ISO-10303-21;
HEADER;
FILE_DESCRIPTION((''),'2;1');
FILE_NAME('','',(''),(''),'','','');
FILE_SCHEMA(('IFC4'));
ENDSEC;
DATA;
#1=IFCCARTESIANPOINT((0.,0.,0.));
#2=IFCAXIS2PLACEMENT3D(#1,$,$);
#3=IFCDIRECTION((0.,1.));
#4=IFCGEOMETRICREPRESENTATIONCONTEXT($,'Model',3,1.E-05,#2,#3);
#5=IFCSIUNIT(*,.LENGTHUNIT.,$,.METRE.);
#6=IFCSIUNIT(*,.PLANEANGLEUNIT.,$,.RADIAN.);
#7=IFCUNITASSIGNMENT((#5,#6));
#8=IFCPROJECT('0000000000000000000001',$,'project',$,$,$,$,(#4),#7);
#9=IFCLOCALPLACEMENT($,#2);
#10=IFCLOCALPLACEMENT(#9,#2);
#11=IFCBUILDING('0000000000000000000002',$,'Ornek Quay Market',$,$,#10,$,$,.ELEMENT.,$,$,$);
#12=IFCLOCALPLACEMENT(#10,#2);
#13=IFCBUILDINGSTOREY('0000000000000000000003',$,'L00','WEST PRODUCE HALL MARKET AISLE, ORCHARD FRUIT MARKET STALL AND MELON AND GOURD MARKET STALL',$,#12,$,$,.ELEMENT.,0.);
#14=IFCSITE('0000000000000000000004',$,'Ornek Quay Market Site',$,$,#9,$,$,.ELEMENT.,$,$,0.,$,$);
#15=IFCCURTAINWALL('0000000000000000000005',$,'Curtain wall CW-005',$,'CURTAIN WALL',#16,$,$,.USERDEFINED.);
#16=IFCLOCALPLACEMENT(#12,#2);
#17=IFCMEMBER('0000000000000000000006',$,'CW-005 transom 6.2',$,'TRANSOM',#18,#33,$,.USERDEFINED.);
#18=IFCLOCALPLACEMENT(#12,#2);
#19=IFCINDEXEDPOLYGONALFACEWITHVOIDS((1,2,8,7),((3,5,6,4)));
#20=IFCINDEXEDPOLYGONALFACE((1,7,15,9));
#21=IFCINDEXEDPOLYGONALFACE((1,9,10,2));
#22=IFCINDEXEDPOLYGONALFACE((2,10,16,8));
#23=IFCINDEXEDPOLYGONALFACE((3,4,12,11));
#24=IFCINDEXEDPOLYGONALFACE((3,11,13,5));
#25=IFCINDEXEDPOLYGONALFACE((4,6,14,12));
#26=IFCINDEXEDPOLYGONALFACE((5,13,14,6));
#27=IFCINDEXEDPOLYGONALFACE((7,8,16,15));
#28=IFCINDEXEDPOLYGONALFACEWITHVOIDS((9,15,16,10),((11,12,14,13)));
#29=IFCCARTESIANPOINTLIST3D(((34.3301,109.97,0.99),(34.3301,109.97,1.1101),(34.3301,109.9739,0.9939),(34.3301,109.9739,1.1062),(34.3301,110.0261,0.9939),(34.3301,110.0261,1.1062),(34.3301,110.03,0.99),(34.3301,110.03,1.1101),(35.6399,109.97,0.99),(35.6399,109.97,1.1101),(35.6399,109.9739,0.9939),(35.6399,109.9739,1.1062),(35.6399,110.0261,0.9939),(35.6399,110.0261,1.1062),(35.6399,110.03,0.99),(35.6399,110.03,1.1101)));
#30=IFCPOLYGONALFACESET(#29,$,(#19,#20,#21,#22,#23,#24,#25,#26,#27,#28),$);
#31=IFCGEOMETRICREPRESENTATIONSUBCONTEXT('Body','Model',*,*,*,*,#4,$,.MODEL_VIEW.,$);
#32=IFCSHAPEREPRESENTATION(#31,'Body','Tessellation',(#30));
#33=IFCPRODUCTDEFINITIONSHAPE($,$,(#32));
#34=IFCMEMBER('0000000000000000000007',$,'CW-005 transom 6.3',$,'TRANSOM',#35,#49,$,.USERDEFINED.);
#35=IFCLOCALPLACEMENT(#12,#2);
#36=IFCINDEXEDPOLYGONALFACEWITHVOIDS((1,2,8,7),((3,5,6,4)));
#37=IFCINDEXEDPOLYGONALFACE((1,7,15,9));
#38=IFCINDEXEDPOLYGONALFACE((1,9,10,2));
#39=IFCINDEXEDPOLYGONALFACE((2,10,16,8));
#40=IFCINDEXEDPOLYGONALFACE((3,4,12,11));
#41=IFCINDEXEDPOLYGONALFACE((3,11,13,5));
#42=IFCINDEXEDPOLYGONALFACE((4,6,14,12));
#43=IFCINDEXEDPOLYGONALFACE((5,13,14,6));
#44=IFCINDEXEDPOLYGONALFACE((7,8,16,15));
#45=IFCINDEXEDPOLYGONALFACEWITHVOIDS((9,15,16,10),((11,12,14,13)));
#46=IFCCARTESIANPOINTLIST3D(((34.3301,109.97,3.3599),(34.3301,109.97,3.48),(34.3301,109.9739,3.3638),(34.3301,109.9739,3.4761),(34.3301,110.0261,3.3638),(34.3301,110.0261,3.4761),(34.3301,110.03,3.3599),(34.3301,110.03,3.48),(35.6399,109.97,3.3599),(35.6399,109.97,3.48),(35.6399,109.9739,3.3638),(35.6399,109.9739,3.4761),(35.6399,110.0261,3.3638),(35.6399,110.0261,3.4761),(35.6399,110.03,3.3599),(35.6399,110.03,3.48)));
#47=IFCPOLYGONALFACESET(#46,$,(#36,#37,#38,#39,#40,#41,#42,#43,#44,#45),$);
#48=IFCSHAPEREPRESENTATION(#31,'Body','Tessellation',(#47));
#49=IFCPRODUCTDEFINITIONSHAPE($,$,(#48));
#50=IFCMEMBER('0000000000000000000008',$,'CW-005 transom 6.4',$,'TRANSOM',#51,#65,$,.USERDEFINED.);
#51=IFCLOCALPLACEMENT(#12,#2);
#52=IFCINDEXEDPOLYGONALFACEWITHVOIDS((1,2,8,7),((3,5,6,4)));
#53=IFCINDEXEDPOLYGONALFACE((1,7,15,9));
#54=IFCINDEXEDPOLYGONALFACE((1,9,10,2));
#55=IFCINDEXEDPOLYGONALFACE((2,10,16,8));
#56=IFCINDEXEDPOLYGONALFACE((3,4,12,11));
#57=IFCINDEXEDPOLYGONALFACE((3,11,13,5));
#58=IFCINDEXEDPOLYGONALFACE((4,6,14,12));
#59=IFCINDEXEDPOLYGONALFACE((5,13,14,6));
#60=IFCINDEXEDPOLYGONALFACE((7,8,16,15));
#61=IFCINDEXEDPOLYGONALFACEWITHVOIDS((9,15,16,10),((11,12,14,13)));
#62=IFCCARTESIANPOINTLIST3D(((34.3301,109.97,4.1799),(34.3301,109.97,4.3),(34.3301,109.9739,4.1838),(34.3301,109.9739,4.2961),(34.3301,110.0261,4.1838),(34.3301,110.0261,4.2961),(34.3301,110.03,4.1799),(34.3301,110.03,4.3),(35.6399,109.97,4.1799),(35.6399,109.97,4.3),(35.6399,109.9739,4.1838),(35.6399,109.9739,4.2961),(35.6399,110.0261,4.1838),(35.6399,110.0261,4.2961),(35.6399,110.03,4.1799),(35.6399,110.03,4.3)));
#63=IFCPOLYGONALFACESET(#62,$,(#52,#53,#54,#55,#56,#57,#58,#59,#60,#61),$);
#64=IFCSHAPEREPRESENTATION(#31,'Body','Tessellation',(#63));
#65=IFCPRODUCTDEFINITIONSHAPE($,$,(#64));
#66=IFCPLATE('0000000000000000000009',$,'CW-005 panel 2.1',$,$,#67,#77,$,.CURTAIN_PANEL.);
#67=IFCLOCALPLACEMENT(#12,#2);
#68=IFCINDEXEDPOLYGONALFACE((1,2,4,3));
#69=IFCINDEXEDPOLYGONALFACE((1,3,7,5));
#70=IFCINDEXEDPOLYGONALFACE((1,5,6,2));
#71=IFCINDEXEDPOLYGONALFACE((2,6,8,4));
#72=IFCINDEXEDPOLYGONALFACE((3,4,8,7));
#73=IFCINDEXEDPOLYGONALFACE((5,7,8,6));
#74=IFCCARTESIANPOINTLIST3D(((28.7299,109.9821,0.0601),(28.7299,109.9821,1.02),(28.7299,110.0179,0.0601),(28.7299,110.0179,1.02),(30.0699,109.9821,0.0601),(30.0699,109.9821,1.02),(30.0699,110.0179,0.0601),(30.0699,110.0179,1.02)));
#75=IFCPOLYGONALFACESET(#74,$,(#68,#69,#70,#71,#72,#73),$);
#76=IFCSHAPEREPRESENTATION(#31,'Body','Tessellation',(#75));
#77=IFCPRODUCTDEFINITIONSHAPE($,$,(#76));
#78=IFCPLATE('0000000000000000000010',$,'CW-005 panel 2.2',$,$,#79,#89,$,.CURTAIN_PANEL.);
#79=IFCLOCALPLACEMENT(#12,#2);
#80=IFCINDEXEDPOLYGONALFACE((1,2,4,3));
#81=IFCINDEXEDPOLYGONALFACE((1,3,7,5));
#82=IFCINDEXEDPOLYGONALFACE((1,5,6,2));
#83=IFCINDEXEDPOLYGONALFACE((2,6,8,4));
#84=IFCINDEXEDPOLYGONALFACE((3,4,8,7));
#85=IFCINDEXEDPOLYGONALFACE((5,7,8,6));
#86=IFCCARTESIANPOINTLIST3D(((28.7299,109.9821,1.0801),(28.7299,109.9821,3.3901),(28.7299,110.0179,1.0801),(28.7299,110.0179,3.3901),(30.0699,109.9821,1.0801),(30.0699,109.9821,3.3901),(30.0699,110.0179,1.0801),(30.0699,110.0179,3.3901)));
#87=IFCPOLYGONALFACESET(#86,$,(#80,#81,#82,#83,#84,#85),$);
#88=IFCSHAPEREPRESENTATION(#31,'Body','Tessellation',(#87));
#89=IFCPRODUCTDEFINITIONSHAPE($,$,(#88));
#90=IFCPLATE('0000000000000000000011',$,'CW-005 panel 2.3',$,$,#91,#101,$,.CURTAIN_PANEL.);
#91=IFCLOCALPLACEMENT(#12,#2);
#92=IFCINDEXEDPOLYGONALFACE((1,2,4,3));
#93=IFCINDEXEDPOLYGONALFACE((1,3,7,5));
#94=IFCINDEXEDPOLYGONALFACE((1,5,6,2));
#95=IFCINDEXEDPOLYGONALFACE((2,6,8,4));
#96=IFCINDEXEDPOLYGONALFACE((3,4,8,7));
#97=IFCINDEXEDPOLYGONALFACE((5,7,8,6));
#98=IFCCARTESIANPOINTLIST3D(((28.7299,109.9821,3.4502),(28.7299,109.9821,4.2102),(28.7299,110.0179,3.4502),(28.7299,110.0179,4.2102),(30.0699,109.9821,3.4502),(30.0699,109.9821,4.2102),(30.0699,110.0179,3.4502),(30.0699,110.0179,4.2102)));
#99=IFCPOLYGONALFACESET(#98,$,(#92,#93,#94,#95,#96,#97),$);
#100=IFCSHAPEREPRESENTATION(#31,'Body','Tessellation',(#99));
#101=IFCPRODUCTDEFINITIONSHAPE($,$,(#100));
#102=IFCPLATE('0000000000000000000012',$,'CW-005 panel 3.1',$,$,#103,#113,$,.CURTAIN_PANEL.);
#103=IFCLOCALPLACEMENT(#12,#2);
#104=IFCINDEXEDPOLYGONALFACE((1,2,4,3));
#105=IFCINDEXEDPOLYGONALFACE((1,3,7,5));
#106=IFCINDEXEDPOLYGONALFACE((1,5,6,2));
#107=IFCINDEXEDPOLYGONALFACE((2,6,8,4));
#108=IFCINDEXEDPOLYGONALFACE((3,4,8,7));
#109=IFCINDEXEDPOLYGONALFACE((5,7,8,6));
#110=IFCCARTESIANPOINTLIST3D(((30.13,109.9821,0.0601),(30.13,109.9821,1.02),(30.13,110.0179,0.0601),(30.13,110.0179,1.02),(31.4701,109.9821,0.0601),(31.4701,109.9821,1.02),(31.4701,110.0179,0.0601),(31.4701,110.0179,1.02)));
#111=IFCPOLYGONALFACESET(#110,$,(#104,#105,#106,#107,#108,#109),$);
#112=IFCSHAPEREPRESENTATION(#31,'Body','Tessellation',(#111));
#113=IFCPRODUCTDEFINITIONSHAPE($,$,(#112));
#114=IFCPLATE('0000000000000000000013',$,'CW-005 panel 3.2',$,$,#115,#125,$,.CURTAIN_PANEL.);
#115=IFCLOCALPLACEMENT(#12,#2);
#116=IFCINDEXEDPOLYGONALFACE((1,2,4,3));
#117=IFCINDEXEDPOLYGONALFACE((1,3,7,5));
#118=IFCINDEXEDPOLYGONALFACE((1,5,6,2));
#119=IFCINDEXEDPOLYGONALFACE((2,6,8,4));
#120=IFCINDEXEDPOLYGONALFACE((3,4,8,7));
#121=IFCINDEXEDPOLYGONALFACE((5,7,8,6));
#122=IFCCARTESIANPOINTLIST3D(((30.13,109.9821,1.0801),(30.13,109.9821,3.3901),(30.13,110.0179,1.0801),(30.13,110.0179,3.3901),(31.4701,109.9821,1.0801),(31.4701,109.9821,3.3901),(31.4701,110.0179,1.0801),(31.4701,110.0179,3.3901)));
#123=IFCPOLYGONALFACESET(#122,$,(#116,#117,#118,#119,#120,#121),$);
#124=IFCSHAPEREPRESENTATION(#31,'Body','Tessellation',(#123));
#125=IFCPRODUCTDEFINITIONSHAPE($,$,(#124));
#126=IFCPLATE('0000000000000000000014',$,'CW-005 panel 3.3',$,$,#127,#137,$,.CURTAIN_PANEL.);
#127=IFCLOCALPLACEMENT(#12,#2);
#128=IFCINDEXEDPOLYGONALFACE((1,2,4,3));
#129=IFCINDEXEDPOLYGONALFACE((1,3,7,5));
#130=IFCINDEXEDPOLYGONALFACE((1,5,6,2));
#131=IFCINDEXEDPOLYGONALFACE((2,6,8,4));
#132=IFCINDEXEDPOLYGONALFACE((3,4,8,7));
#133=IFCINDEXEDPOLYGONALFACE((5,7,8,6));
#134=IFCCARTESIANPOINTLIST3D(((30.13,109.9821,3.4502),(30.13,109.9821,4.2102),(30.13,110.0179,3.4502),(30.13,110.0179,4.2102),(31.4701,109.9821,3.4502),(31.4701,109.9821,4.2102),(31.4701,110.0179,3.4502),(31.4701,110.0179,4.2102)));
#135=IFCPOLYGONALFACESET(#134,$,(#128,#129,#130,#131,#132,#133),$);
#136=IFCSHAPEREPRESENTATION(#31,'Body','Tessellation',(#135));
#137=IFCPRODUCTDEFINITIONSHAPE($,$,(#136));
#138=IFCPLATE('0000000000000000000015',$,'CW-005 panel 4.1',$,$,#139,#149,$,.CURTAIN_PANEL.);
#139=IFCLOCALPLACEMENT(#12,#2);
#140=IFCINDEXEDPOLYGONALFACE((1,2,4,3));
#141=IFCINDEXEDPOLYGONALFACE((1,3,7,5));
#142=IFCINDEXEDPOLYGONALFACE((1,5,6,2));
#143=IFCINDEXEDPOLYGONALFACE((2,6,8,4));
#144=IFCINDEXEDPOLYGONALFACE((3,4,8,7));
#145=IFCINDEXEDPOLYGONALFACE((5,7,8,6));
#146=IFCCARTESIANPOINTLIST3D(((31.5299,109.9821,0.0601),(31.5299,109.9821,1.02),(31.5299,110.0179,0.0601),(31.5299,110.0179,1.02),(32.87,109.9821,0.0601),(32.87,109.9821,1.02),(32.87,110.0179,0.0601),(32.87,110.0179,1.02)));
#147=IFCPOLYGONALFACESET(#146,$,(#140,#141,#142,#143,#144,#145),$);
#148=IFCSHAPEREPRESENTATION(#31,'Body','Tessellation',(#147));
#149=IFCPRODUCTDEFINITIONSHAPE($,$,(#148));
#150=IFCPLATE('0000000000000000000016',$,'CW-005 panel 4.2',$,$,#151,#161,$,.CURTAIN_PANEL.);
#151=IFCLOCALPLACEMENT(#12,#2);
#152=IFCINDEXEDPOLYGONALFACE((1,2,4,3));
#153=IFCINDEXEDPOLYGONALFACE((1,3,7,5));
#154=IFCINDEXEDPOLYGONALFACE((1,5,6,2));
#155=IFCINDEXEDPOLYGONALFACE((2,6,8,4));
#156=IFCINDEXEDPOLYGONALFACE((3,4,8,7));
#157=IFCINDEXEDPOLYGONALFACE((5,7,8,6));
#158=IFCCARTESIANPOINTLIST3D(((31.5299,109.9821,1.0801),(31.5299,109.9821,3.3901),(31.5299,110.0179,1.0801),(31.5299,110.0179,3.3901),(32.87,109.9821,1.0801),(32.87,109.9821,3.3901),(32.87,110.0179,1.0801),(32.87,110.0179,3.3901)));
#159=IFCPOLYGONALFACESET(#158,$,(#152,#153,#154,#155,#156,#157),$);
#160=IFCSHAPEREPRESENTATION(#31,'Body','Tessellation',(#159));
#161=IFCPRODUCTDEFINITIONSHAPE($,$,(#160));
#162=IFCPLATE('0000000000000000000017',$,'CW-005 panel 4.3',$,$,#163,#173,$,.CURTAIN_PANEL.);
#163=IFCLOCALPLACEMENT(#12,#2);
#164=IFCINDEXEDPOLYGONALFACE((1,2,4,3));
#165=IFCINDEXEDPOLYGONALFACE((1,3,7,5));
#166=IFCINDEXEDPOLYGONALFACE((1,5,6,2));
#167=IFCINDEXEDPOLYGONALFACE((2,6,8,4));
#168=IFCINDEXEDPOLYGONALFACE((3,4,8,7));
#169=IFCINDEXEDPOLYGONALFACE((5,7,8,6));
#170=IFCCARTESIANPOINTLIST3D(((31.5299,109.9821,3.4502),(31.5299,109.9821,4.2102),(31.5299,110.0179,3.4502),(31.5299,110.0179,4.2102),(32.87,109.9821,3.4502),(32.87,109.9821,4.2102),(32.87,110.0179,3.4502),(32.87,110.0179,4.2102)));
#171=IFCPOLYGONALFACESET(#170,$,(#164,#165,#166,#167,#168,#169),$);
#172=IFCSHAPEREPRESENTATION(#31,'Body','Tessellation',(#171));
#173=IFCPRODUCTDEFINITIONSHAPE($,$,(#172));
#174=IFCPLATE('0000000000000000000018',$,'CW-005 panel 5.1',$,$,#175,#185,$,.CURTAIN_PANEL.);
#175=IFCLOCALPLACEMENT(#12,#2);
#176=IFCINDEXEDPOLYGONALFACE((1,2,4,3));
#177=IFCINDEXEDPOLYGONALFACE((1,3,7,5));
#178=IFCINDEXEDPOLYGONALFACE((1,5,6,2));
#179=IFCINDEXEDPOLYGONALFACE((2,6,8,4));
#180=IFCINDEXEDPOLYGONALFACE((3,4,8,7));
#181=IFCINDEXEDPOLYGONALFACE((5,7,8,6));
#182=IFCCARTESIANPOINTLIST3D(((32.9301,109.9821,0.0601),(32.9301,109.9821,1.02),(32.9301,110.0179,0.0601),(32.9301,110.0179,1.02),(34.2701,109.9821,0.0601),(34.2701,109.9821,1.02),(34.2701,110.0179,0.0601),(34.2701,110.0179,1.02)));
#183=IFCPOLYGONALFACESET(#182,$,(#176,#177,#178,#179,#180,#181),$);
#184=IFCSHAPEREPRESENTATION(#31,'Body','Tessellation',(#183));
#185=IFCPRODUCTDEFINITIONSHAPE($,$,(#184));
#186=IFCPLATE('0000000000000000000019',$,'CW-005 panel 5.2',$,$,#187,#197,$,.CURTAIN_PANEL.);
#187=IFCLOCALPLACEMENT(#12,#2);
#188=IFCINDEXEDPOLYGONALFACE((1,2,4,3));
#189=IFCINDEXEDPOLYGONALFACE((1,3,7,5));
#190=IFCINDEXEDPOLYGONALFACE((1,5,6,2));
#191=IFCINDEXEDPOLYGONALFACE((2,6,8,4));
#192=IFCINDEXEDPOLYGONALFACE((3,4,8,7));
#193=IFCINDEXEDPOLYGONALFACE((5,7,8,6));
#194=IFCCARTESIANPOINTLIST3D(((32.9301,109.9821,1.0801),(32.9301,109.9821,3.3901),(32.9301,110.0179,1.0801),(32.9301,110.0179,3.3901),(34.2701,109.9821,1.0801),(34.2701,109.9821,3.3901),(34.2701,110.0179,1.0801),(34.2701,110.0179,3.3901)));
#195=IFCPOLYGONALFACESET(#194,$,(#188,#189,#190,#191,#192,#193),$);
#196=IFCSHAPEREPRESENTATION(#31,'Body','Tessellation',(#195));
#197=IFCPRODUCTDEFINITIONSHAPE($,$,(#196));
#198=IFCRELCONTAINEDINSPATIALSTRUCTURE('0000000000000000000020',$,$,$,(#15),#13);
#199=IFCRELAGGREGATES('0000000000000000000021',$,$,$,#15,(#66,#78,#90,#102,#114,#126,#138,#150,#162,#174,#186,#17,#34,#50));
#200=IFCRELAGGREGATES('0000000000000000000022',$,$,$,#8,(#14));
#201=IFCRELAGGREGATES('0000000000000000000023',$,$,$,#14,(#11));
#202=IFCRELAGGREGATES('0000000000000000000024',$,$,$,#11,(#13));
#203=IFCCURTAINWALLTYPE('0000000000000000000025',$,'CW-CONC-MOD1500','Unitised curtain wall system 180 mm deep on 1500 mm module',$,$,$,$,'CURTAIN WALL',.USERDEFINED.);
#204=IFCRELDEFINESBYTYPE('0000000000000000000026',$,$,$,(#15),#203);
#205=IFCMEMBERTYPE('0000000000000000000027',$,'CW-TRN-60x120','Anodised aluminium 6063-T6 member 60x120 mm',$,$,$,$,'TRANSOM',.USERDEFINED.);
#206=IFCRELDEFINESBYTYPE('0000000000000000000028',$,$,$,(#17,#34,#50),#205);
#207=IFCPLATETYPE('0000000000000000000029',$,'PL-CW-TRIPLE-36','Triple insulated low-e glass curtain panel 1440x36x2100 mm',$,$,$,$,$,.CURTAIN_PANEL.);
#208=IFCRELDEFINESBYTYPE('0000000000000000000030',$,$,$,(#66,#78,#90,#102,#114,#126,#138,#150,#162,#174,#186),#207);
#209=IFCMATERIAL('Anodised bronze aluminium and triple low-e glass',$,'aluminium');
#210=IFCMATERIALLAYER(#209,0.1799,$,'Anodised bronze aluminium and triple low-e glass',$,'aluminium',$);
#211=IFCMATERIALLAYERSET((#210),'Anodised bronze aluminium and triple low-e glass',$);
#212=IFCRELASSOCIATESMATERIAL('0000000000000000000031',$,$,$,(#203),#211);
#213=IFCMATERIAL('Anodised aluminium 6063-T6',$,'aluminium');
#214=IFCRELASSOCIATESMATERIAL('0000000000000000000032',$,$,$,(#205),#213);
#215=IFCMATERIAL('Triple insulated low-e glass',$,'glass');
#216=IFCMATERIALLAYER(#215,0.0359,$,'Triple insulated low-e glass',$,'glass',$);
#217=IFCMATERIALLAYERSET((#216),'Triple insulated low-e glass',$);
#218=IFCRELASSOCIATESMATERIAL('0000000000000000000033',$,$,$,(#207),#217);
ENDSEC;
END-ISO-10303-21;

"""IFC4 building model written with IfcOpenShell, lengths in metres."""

from ifc_helpers import new_model, si_unit, direction, frame, origin, origin_2d, place, context, subcontext, project, spatial, rectangle, hollow_rectangle, extrude, material, layer, layer_set, material_profile, profile_set, type_object, element, aggregate, save


model = new_model("IFC4")

# Units and contexts
model_context = context("Model", 3, precision=1e-05, world=origin(), true_north=direction((0.0, 1.0)))
body_context = subcontext(model_context, "Body", "Model", "MODEL_VIEW")
ifc_project = project(units=[si_unit("LENGTHUNIT", "METRE"), si_unit("PLANEANGLEUNIT", "RADIAN")], contexts=[model_context])

# Site, building, storey
site_placement = place(None, origin())
site = spatial("IfcSite", under=ifc_project, at=site_placement, Name="Ornek Quay Market Site", CompositionType="ELEMENT", RefElevation=0.0)
building_placement = place(site_placement, origin())
building = spatial("IfcBuilding", under=site, at=building_placement, Name="Ornek Quay Market", CompositionType="ELEMENT")
storey_placement = place(building_placement, origin())
storey = spatial("IfcBuildingStorey", under=building, at=storey_placement, Name="L00", Description="WEST PRODUCE HALL MARKET AISLE, ORCHARD FRUIT MARKET STALL AND MELON AND GOURD MARKET STALL", CompositionType="ELEMENT", Elevation=0.0)

# Curtain wall, members, plates
ifc_material_1 = material(Name="Anodised bronze aluminium and triple low-e glass", Category="aluminium")
ifc_layer_1 = layer(ifc_material_1, 0.1799, Name="Anodised bronze aluminium and triple low-e glass", Category="aluminium")
ifc_layer_set_1 = layer_set([ifc_layer_1], Name="Anodised bronze aluminium and triple low-e glass")
curtain_wall_type = type_object("IfcCurtainWallType", Name="CW-CONC-MOD1500", Description="Unitised curtain wall system 180 mm deep on 1500 mm module", ElementType="CURTAIN WALL", PredefinedType="USERDEFINED", material=ifc_layer_set_1)
curtain_wall_placement = place(storey_placement, origin())
curtain_wall = element("IfcCurtainWall", 1, at=curtain_wall_placement, inside=storey, type_object=curtain_wall_type, Name="Curtain wall CW-005", ObjectType="CURTAIN WALL", PredefinedType="USERDEFINED")
ifc_material_2 = material(Name="Anodised aluminium 6063-T6", Category="aluminium")
ifc_material_profile_1 = material_profile(ifc_material_2, hollow_rectangle(XDim=0.0601, YDim=0.1201, WallThickness=0.0039, at=origin_2d()), Name="CW-TRN-60x120", Category="aluminium")
ifc_profile_set_1 = profile_set([ifc_material_profile_1], Name="Anodised aluminium 6063-T6")
member_type_1 = type_object("IfcMemberType", Name="CW-TRN-60x120", Description="Anodised aluminium 6063-T6 member 60x120 mm", ElementType="TRANSOM", PredefinedType="USERDEFINED", material=ifc_profile_set_1)
member_1_placement = place(storey_placement, frame((34.3301, 110.0, 1.05), z_axis=(1.0, 0.0, 0.0), x_axis=(0.0, 1.0, 0.0)))
member_1 = element("IfcMember", 2, at=member_1_placement, type_object=member_type_1, Name="CW-005 transom 6.2", ObjectType="TRANSOM", PredefinedType="USERDEFINED", context=body_context, shape_type="SweptSolid", body=[
    extrude(hollow_rectangle(XDim=0.0601, YDim=0.1201, WallThickness=0.0039, at=origin_2d()), origin(), (0.0, 0.0, 1.0), 1.3098),
])
member_2_placement = place(storey_placement, frame((34.3301, 110.0, 3.4199), z_axis=(1.0, 0.0, 0.0), x_axis=(0.0, 1.0, 0.0)))
member_2 = element("IfcMember", 3, at=member_2_placement, type_object=member_type_1, Name="CW-005 transom 6.3", ObjectType="TRANSOM", PredefinedType="USERDEFINED", context=body_context, shape_type="SweptSolid", body=[
    extrude(hollow_rectangle(XDim=0.0601, YDim=0.1201, WallThickness=0.0039, at=origin_2d()), origin(), (0.0, 0.0, 1.0), 1.3098),
])
member_3_placement = place(storey_placement, frame((34.3301, 110.0, 4.24), z_axis=(1.0, 0.0, 0.0), x_axis=(0.0, 1.0, 0.0)))
member_3 = element("IfcMember", 4, at=member_3_placement, type_object=member_type_1, Name="CW-005 transom 6.4", ObjectType="TRANSOM", PredefinedType="USERDEFINED", context=body_context, shape_type="SweptSolid", body=[
    extrude(hollow_rectangle(XDim=0.0601, YDim=0.1201, WallThickness=0.0039, at=origin_2d()), origin(), (0.0, 0.0, 1.0), 1.3098),
])
ifc_material_3 = material(Name="Triple insulated low-e glass", Category="glass")
ifc_layer_2 = layer(ifc_material_3, 0.0359, Name="Triple insulated low-e glass", Category="glass")
ifc_layer_set_2 = layer_set([ifc_layer_2], Name="Triple insulated low-e glass")
plate_type = type_object("IfcPlateType", Name="PL-CW-TRIPLE-36", Description="Triple insulated low-e glass curtain panel 1440x36x2100 mm", PredefinedType="CURTAIN_PANEL", material=ifc_layer_set_2)
plate_1_placement = place(storey_placement, frame((29.3999, 110.0, 0.0601), z_axis=(0.0, 0.0, 1.0), x_axis=(1.0, 0.0, 0.0)))
plate_1 = element("IfcPlate", 5, at=plate_1_placement, type_object=plate_type, Name="CW-005 panel 2.1", PredefinedType="CURTAIN_PANEL", context=body_context, shape_type="SweptSolid", body=[
    extrude(rectangle(XDim=1.3401, YDim=0.0359, at=origin_2d()), origin(), (0.0, 0.0, 1.0), 0.96),
])
plate_2_placement = place(storey_placement, frame((29.3999, 110.0, 1.0801), z_axis=(0.0, 0.0, 1.0), x_axis=(1.0, 0.0, 0.0)))
plate_2 = element("IfcPlate", 6, at=plate_2_placement, type_object=plate_type, Name="CW-005 panel 2.2", PredefinedType="CURTAIN_PANEL", context=body_context, shape_type="SweptSolid", body=[
    extrude(rectangle(XDim=1.3401, YDim=0.0359, at=origin_2d()), origin(), (0.0, 0.0, 1.0), 2.3101),
])
plate_3_placement = place(storey_placement, frame((29.3999, 110.0, 3.4502), z_axis=(0.0, 0.0, 1.0), x_axis=(1.0, 0.0, 0.0)))
plate_3 = element("IfcPlate", 7, at=plate_3_placement, type_object=plate_type, Name="CW-005 panel 2.3", PredefinedType="CURTAIN_PANEL", context=body_context, shape_type="SweptSolid", body=[
    extrude(rectangle(XDim=1.3401, YDim=0.0359, at=origin_2d()), origin(), (0.0, 0.0, 1.0), 0.76),
])
plate_4_placement = place(storey_placement, frame((30.8, 110.0, 0.0601), z_axis=(0.0, 0.0, 1.0), x_axis=(1.0, 0.0, 0.0)))
plate_4 = element("IfcPlate", 8, at=plate_4_placement, type_object=plate_type, Name="CW-005 panel 3.1", PredefinedType="CURTAIN_PANEL", context=body_context, shape_type="SweptSolid", body=[
    extrude(rectangle(XDim=1.3401, YDim=0.0359, at=origin_2d()), origin(), (0.0, 0.0, 1.0), 0.96),
])
plate_5_placement = place(storey_placement, frame((30.8, 110.0, 1.0801), z_axis=(0.0, 0.0, 1.0), x_axis=(1.0, 0.0, 0.0)))
plate_5 = element("IfcPlate", 9, at=plate_5_placement, type_object=plate_type, Name="CW-005 panel 3.2", PredefinedType="CURTAIN_PANEL", context=body_context, shape_type="SweptSolid", body=[
    extrude(rectangle(XDim=1.3401, YDim=0.0359, at=origin_2d()), origin(), (0.0, 0.0, 1.0), 2.3101),
])
plate_6_placement = place(storey_placement, frame((30.8, 110.0, 3.4502), z_axis=(0.0, 0.0, 1.0), x_axis=(1.0, 0.0, 0.0)))
plate_6 = element("IfcPlate", 10, at=plate_6_placement, type_object=plate_type, Name="CW-005 panel 3.3", PredefinedType="CURTAIN_PANEL", context=body_context, shape_type="SweptSolid", body=[
    extrude(rectangle(XDim=1.3401, YDim=0.0359, at=origin_2d()), origin(), (0.0, 0.0, 1.0), 0.76),
])
plate_7_placement = place(storey_placement, frame((32.2, 110.0, 0.0601), z_axis=(0.0, 0.0, 1.0), x_axis=(1.0, 0.0, 0.0)))
plate_7 = element("IfcPlate", 11, at=plate_7_placement, type_object=plate_type, Name="CW-005 panel 4.1", PredefinedType="CURTAIN_PANEL", context=body_context, shape_type="SweptSolid", body=[
    extrude(rectangle(XDim=1.3401, YDim=0.0359, at=origin_2d()), origin(), (0.0, 0.0, 1.0), 0.96),
])
plate_8_placement = place(storey_placement, frame((32.2, 110.0, 1.0801), z_axis=(0.0, 0.0, 1.0), x_axis=(1.0, 0.0, 0.0)))
plate_8 = element("IfcPlate", 12, at=plate_8_placement, type_object=plate_type, Name="CW-005 panel 4.2", PredefinedType="CURTAIN_PANEL", context=body_context, shape_type="SweptSolid", body=[
    extrude(rectangle(XDim=1.3401, YDim=0.0359, at=origin_2d()), origin(), (0.0, 0.0, 1.0), 2.3101),
])
plate_9_placement = place(storey_placement, frame((32.2, 110.0, 3.4502), z_axis=(0.0, 0.0, 1.0), x_axis=(1.0, 0.0, 0.0)))
plate_9 = element("IfcPlate", 13, at=plate_9_placement, type_object=plate_type, Name="CW-005 panel 4.3", PredefinedType="CURTAIN_PANEL", context=body_context, shape_type="SweptSolid", body=[
    extrude(rectangle(XDim=1.3401, YDim=0.0359, at=origin_2d()), origin(), (0.0, 0.0, 1.0), 0.76),
])
plate_10_placement = place(storey_placement, frame((33.6001, 110.0, 0.0601), z_axis=(0.0, 0.0, 1.0), x_axis=(1.0, 0.0, 0.0)))
plate_10 = element("IfcPlate", 14, at=plate_10_placement, type_object=plate_type, Name="CW-005 panel 5.1", PredefinedType="CURTAIN_PANEL", context=body_context, shape_type="SweptSolid", body=[
    extrude(rectangle(XDim=1.3401, YDim=0.0359, at=origin_2d()), origin(), (0.0, 0.0, 1.0), 0.96),
])
plate_11_placement = place(storey_placement, frame((33.6001, 110.0, 1.0801), z_axis=(0.0, 0.0, 1.0), x_axis=(1.0, 0.0, 0.0)))
plate_11 = element("IfcPlate", 15, at=plate_11_placement, type_object=plate_type, Name="CW-005 panel 5.2", PredefinedType="CURTAIN_PANEL", context=body_context, shape_type="SweptSolid", body=[
    extrude(rectangle(XDim=1.3401, YDim=0.0359, at=origin_2d()), origin(), (0.0, 0.0, 1.0), 2.3101),
])
aggregate(curtain_wall, [plate_1, plate_2, plate_3, plate_4, plate_5, plate_6, plate_7, plate_8, plate_9, plate_10, plate_11, member_1, member_2, member_3])

save(model, "model.ifc")
